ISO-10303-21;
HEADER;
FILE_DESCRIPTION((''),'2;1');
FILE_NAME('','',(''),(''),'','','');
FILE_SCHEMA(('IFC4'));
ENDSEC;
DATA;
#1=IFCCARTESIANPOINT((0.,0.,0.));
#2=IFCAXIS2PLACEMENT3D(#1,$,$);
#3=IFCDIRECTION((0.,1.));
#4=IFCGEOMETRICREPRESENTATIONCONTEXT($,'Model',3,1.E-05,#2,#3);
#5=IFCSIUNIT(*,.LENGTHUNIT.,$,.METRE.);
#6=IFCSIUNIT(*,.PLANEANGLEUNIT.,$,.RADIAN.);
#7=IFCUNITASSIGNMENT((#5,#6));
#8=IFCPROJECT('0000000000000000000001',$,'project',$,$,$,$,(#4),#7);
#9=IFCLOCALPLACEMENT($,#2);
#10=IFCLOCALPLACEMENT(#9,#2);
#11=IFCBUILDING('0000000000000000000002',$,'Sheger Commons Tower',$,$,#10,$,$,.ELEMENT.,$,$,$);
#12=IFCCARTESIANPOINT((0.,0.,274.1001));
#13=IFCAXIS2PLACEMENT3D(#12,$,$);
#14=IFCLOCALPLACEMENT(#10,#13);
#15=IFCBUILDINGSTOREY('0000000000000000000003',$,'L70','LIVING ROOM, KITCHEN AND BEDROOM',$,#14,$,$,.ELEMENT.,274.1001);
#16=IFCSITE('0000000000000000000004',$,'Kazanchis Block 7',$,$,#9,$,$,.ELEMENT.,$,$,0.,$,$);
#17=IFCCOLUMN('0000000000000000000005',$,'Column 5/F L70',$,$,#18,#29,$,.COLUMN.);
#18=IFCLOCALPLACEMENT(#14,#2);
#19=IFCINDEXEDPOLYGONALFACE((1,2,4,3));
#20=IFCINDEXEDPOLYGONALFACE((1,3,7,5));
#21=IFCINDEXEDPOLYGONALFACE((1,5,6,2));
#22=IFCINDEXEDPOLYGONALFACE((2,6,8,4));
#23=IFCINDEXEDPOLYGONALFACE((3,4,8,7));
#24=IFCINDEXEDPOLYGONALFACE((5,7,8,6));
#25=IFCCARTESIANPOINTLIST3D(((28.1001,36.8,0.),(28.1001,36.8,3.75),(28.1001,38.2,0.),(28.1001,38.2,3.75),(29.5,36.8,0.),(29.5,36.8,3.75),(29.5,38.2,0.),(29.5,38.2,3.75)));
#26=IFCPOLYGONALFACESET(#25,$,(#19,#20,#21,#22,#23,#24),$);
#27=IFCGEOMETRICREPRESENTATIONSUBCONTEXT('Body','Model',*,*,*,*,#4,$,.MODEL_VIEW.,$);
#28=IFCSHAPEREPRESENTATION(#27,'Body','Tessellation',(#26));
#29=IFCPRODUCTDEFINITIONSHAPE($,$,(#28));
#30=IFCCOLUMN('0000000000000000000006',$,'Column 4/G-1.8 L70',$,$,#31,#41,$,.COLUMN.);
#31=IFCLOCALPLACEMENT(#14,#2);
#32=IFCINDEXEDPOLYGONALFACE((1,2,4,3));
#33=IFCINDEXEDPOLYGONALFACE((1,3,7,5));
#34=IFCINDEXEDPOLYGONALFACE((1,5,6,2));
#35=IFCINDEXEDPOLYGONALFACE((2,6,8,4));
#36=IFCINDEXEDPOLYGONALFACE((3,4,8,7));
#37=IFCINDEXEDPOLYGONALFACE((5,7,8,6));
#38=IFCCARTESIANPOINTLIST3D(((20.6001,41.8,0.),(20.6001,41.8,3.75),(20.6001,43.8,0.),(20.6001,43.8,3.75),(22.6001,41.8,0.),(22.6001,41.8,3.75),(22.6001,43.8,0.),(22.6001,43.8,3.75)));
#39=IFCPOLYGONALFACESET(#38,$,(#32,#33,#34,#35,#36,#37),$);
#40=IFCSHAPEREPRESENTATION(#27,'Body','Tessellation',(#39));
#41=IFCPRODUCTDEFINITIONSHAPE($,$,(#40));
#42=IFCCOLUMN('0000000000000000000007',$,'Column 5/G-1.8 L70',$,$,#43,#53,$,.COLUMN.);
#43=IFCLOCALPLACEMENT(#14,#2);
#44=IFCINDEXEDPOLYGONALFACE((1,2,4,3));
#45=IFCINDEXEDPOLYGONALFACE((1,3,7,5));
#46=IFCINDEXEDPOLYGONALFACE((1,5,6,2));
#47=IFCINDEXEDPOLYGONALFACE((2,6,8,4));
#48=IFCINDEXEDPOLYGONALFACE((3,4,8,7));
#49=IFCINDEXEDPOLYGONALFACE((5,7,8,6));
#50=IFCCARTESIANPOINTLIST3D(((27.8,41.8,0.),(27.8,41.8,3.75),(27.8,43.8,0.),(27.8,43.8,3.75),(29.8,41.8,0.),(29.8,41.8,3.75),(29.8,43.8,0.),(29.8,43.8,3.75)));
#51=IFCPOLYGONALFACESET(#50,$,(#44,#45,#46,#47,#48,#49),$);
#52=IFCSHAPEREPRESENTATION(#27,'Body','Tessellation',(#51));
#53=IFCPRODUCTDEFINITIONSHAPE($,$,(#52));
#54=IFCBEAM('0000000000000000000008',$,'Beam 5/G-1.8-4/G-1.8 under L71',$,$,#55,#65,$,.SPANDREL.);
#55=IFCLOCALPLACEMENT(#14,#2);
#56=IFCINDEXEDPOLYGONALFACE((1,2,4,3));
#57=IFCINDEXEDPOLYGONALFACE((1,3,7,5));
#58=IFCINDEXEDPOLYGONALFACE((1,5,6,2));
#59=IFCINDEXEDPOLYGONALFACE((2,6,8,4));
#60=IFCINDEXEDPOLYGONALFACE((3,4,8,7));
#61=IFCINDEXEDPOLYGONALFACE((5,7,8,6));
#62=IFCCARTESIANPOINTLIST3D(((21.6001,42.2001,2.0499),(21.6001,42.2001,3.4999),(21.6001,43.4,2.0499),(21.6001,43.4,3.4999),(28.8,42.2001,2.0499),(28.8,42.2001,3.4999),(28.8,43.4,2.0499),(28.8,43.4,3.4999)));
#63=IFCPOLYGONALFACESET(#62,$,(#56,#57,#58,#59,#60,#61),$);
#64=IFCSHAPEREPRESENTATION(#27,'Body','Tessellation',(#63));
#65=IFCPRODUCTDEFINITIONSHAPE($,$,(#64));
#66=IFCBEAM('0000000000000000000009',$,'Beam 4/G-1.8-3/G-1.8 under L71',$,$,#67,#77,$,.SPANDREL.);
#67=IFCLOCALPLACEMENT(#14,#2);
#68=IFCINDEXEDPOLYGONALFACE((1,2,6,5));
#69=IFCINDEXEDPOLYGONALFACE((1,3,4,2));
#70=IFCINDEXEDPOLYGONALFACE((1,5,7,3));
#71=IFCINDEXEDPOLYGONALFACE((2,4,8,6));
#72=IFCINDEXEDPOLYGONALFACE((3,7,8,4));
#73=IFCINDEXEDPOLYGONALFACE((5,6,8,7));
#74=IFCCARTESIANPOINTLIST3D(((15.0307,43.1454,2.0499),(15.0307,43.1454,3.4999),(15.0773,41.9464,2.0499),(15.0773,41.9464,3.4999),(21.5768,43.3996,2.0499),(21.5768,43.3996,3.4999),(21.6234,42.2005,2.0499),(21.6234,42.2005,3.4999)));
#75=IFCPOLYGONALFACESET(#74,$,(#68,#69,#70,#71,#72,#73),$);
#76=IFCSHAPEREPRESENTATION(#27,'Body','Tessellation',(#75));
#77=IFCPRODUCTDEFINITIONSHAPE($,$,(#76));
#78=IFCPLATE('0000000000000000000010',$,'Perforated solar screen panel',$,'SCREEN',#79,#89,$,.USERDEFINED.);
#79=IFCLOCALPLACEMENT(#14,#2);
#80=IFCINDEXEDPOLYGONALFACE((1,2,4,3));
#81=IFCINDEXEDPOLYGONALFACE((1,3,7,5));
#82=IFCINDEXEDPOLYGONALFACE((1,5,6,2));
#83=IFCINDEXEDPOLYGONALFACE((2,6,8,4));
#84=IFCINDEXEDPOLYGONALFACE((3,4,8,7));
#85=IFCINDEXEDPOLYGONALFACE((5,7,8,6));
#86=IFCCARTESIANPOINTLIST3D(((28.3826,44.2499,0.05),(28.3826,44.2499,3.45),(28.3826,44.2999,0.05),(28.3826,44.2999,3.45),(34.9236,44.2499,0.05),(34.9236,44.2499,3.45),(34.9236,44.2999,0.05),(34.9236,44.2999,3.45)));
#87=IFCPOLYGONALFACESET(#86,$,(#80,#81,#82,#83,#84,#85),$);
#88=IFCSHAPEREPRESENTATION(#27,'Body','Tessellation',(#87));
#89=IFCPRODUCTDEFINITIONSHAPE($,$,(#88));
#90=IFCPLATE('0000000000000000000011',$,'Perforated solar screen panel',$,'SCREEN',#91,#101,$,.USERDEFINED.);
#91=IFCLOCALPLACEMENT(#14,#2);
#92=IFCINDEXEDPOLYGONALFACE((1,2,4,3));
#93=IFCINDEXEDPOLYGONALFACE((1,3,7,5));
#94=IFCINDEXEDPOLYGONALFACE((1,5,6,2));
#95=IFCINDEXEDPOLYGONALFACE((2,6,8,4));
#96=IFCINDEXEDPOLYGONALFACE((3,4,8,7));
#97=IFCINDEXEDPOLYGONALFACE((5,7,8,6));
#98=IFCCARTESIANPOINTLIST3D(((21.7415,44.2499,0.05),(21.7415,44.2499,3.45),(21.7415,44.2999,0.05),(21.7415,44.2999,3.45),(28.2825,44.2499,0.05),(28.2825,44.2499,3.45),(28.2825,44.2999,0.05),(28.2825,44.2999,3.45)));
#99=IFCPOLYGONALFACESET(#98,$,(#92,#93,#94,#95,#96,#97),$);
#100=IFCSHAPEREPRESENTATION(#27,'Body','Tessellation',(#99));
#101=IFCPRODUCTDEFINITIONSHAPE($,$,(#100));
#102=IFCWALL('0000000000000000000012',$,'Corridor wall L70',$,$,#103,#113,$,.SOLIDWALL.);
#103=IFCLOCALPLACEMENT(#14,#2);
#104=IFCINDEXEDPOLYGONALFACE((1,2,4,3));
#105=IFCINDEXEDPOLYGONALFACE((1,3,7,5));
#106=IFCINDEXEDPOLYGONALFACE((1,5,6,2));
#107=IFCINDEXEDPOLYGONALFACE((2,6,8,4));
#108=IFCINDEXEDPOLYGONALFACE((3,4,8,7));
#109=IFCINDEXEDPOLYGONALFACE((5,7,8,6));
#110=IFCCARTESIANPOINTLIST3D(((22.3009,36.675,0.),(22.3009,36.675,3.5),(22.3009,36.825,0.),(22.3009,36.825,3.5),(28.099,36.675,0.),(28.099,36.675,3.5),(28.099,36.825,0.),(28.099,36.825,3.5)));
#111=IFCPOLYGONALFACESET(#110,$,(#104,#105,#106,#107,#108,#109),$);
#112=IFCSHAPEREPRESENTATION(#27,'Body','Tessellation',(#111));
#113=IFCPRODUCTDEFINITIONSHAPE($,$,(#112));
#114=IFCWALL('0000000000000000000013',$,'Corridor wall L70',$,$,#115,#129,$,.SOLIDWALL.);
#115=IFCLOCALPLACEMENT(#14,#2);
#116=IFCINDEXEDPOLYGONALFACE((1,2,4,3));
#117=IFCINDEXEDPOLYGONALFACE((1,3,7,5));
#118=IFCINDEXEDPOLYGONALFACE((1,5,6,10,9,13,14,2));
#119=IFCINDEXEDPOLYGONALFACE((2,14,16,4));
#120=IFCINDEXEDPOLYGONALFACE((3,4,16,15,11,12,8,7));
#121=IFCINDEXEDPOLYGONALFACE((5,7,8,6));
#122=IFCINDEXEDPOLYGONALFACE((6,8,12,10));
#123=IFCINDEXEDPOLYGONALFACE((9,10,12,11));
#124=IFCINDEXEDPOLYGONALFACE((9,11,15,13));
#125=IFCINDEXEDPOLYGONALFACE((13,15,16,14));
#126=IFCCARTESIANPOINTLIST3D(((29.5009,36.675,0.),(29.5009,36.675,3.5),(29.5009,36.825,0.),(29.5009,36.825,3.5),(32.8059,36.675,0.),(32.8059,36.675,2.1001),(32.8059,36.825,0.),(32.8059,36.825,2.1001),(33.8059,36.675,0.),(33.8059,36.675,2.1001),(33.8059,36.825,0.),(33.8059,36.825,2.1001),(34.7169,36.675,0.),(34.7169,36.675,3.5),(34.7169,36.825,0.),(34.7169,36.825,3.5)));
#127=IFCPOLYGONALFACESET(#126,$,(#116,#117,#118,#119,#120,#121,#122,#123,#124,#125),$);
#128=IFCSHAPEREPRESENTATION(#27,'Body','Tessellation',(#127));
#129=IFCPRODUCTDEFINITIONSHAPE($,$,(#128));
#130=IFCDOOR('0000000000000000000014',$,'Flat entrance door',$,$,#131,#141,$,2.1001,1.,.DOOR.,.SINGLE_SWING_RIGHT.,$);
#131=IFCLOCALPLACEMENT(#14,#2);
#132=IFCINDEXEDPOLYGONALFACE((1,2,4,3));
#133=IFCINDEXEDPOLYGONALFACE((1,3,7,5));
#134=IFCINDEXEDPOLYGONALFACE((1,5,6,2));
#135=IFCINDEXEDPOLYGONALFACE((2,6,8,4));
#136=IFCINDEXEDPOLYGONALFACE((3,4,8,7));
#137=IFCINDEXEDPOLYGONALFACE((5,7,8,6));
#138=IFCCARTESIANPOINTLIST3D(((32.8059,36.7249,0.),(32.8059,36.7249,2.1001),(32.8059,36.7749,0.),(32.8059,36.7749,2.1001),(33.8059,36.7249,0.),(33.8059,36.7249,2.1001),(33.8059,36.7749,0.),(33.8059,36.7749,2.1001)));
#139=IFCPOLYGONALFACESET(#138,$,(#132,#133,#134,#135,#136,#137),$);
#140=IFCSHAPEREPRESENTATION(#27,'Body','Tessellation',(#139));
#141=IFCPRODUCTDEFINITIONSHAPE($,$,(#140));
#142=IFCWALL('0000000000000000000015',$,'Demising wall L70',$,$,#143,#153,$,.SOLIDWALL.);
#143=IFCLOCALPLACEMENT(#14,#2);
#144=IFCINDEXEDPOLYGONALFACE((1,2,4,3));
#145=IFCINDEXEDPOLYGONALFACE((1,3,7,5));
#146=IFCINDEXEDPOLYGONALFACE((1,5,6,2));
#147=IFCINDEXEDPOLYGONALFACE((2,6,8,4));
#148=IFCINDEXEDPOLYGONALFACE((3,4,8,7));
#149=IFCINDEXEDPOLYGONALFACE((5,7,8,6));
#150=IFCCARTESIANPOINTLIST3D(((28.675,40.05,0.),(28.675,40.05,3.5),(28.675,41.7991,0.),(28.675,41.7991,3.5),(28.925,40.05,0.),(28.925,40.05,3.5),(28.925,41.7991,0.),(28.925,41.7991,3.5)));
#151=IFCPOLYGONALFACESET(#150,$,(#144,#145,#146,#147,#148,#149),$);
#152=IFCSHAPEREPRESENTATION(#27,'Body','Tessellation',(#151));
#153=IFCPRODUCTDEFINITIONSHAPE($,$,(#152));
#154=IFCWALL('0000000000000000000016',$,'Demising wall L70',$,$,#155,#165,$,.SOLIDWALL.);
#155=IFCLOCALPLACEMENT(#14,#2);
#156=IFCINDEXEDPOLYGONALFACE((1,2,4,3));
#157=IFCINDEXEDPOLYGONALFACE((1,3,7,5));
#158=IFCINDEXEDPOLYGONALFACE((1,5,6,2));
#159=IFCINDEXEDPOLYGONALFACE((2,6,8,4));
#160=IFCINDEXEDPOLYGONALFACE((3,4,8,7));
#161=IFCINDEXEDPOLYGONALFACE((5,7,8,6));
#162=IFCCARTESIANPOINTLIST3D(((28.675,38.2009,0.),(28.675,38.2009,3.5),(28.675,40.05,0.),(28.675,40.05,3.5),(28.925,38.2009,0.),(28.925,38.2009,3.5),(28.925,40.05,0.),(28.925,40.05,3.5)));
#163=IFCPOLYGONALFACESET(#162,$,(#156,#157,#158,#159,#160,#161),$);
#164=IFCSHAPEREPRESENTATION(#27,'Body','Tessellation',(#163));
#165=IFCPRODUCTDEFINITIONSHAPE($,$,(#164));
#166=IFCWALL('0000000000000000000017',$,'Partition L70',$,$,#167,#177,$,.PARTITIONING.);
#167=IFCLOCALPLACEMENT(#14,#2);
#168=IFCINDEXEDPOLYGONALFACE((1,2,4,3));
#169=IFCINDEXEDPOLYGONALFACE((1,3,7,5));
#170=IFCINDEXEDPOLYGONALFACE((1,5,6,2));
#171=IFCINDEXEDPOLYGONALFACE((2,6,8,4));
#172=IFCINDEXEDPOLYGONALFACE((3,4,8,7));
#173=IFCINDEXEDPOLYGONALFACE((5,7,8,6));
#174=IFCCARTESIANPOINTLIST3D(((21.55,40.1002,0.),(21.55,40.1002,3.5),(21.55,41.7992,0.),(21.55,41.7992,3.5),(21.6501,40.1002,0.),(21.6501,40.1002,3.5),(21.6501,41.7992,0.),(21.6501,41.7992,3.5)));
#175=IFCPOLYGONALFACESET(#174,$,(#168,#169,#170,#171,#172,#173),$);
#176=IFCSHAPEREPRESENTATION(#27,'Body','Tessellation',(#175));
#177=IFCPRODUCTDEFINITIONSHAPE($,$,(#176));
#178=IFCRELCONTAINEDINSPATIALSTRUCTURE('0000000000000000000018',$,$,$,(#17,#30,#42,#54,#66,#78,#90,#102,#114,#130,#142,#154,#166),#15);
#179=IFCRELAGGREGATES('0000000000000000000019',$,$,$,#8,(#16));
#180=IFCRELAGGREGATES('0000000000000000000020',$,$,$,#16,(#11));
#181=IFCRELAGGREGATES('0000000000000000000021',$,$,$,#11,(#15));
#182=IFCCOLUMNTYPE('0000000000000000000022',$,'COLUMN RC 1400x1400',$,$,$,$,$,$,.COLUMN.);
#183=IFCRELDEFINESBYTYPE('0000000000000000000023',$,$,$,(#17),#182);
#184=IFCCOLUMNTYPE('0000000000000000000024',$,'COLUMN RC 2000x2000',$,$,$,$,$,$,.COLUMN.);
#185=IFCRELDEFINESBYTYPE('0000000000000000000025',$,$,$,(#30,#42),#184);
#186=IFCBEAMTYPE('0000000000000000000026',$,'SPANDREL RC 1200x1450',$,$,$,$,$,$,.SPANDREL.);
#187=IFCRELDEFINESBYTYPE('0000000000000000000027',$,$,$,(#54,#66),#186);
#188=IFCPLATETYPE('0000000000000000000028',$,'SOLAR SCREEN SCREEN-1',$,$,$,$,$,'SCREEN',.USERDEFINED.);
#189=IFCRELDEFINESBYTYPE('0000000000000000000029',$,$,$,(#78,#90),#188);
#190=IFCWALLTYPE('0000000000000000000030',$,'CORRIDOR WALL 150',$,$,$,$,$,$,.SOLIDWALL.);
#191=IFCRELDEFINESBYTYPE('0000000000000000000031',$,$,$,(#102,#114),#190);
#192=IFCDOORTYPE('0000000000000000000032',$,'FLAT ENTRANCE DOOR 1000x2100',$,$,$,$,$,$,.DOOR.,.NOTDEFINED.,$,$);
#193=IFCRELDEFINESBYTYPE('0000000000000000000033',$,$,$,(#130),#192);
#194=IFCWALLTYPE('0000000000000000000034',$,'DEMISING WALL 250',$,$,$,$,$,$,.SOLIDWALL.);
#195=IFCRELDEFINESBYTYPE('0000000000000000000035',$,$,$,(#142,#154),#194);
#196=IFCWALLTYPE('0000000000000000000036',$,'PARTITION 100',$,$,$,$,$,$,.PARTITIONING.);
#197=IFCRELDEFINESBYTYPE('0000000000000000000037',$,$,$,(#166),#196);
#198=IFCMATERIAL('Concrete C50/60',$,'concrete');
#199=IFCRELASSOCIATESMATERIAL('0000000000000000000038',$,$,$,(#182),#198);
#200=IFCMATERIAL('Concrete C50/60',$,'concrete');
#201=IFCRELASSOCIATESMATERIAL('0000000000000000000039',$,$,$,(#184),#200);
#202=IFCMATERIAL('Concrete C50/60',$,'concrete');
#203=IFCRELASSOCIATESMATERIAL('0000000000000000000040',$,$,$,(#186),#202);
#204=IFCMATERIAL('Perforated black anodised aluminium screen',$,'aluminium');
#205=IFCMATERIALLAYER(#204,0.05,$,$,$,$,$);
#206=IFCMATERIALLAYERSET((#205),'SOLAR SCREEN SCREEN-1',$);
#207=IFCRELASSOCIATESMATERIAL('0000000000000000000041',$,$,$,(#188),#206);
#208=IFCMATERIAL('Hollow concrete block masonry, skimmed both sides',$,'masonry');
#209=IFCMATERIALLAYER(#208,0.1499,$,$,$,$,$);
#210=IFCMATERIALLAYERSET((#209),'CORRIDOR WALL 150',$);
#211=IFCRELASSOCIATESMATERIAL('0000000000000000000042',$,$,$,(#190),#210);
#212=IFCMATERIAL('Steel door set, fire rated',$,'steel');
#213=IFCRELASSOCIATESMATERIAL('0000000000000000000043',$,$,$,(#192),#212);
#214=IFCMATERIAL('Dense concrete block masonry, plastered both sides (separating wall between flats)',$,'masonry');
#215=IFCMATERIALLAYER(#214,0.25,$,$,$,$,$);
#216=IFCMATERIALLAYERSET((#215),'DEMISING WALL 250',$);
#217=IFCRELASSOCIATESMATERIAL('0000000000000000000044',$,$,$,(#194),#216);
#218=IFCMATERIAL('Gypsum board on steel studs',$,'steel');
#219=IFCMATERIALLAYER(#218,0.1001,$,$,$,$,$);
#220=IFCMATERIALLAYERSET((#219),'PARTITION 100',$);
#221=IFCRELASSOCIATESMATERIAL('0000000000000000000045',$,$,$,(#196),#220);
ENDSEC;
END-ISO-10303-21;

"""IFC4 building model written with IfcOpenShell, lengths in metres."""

from ifc_helpers import new_model, si_unit, direction, frame, frame_2d, origin, origin_2d, place, context, subcontext, project, spatial, rectangle, extrude, material, layer, layer_set, material_profile, profile_set, type_object, element, fill, save


model = new_model("IFC4")

# Units and contexts
model_context = context("Model", 3, precision=1e-05, world=origin(), true_north=direction((0.0, 1.0)))
body_context = subcontext(model_context, "Body", "Model", "MODEL_VIEW")
ifc_project = project(units=[si_unit("LENGTHUNIT", "METRE"), si_unit("PLANEANGLEUNIT", "RADIAN")], contexts=[model_context])

# Site, building, storey
site_placement = place(None, origin())
site = spatial("IfcSite", under=ifc_project, at=site_placement, Name="Kazanchis Block 7", CompositionType="ELEMENT", RefElevation=0.0)
building_placement = place(site_placement, origin())
building = spatial("IfcBuilding", under=site, at=building_placement, Name="Sheger Commons Tower", CompositionType="ELEMENT")
storey_placement = place(building_placement, frame((0.0, 0.0, 274.1001)))
storey = spatial("IfcBuildingStorey", under=building, at=storey_placement, Name="L70", Description="LIVING ROOM, KITCHEN AND BEDROOM", CompositionType="ELEMENT", Elevation=274.1001)

# Columns
ifc_material_1 = material(Name="Concrete C50/60", Category="concrete")
ifc_material_profile_1 = material_profile(ifc_material_1, rectangle(XDim=1.3999, YDim=1.3999, at=origin_2d()), Name="RC 1400x1400")
ifc_profile_set_1 = profile_set([ifc_material_profile_1], Name="Concrete C50/60")
column_type_1 = type_object("IfcColumnType", Name="COLUMN RC 1400x1400", PredefinedType="COLUMN", material=ifc_profile_set_1)
column_placement = place(storey_placement, frame((28.8, 37.5, 0.0), z_axis=(0.0, 0.0, 1.0), x_axis=(1.0, 0.0, 0.0)))
element("IfcColumn", 1, at=column_placement, inside=storey, type_object=column_type_1, Name="Column 5/F L70", PredefinedType="COLUMN", context=body_context, shape_type="SweptSolid", body=[
    extrude(rectangle(XDim=1.3999, YDim=1.3999, at=origin_2d()), origin(), (0.0, 0.0, 1.0), 3.75),
])
ifc_material_2 = material(Name="Concrete C50/60", Category="concrete")
ifc_material_profile_2 = material_profile(ifc_material_2, rectangle(XDim=2.0, YDim=2.0, at=origin_2d()), Name="RC 2000x2000")
ifc_profile_set_2 = profile_set([ifc_material_profile_2], Name="Concrete C50/60")
column_type_2 = type_object("IfcColumnType", Name="COLUMN RC 2000x2000", PredefinedType="COLUMN", material=ifc_profile_set_2)
for number, where, z_axis, x_axis, name in (
    (2, (21.6001, 42.8, 0.0), (0.0, 0.0, 1.0), (1.0, 0.0, 0.0), "Column 4/G-1.8 L70"),
    (3, (28.8, 42.8, 0.0), (0.0, 0.0, 1.0), (1.0, 0.0, 0.0), "Column 5/G-1.8 L70"),
):
    element("IfcColumn", number, at=place(storey_placement, frame(where, z_axis=z_axis, x_axis=x_axis)), inside=storey, type_object=column_type_2, Name=name, PredefinedType="COLUMN", context=body_context, shape_type="SweptSolid", body=[
        extrude(rectangle(XDim=2.0, YDim=2.0, at=origin_2d()), origin(), (0.0, 0.0, 1.0), 3.75),
    ])

# Beams
ifc_material_3 = material(Name="Concrete C50/60", Category="concrete")
ifc_material_profile_3 = material_profile(ifc_material_3, rectangle(XDim=1.2, YDim=1.45, at=origin_2d()), Name="RC 1200x1450")
ifc_profile_set_3 = profile_set([ifc_material_profile_3], Name="Concrete C50/60")
beam_type = type_object("IfcBeamType", Name="SPANDREL RC 1200x1450", PredefinedType="SPANDREL", material=ifc_profile_set_3)
beam_1_placement = place(storey_placement, frame((28.8, 42.8, 2.7749), z_axis=(-1.0, 0.0, 0.0), x_axis=(0.0, -1.0, 0.0)))
element("IfcBeam", 4, at=beam_1_placement, inside=storey, type_object=beam_type, Name="Beam 5/G-1.8-4/G-1.8 under L71", PredefinedType="SPANDREL", context=body_context, shape_type="SweptSolid", body=[
    extrude(rectangle(XDim=1.2, YDim=1.45, at=origin_2d()), origin(), (0.0, 0.0, 1.0), 7.2),
])
beam_2_placement = place(storey_placement, frame((21.6001, 42.8, 2.7749), z_axis=(-0.999247, -0.038795, 0.0), x_axis=(0.038795, -0.999247, 0.0)))
element("IfcBeam", 5, at=beam_2_placement, inside=storey, type_object=beam_type, Name="Beam 4/G-1.8-3/G-1.8 under L71", PredefinedType="SPANDREL", context=body_context, shape_type="SweptSolid", body=[
    extrude(rectangle(XDim=1.2, YDim=1.45, at=origin_2d()), origin(), (0.0, 0.0, 1.0), 6.551),
])

# Plates
ifc_material_4 = material(Name="Perforated black anodised aluminium screen", Category="aluminium")
ifc_layer_1 = layer(ifc_material_4, 0.05)
ifc_layer_set_1 = layer_set([ifc_layer_1], Name="SOLAR SCREEN SCREEN-1")
plate_type = type_object("IfcPlateType", Name="SOLAR SCREEN SCREEN-1", ElementType="SCREEN", PredefinedType="USERDEFINED", material=ifc_layer_set_1)
for number, where, z_axis, x_axis, name in (
    (6, (31.6531, 44.2749, 0.05), (0.0, 0.0, 1.0), (-1.0, 0.0, 0.0), "Perforated solar screen panel"),
    (7, (25.012, 44.2749, 0.05), (0.0, 0.0, 1.0), (-1.0, 0.0, 0.0), "Perforated solar screen panel"),
):
    element("IfcPlate", number, at=place(storey_placement, frame(where, z_axis=z_axis, x_axis=x_axis)), inside=storey, type_object=plate_type, Name=name, ObjectType="SCREEN", PredefinedType="USERDEFINED", context=body_context, shape_type="SweptSolid", body=[
        extrude(rectangle(XDim=6.541, YDim=0.05, at=origin_2d()), origin(), (0.0, 0.0, 1.0), 3.3999),
    ])

# Wall
ifc_material_5 = material(Name="Hollow concrete block masonry, skimmed both sides", Category="masonry")
ifc_layer_2 = layer(ifc_material_5, 0.1499)
ifc_layer_set_2 = layer_set([ifc_layer_2], Name="CORRIDOR WALL 150")
wall_type_1 = type_object("IfcWallType", Name="CORRIDOR WALL 150", PredefinedType="SOLIDWALL", material=ifc_layer_set_2)
wall_1_placement = place(storey_placement, frame((22.301, 36.75, 0.0), z_axis=(0.0, 0.0, 1.0), x_axis=(1.0, 0.0, 0.0)))
element("IfcWall", 8, at=wall_1_placement, inside=storey, type_object=wall_type_1, Name="Corridor wall L70", PredefinedType="SOLIDWALL", context=body_context, shape_type="SweptSolid", body=[
    extrude(rectangle(XDim=5.7981, YDim=0.1499, at=frame_2d((2.8989, 0.0))), origin(), (0.0, 0.0, 1.0), 3.5),
])

# Wall, opening, door
wall_2_placement = place(storey_placement, frame((29.501, 36.75, 0.0), z_axis=(0.0, 0.0, 1.0), x_axis=(1.0, 0.0, 0.0)))
wall_2 = element("IfcWall", 9, at=wall_2_placement, inside=storey, type_object=wall_type_1, Name="Corridor wall L70", PredefinedType="SOLIDWALL", context=body_context, shape_type="SweptSolid", body=[
    extrude(rectangle(XDim=5.2161, YDim=0.1499, at=frame_2d((2.6079, 0.0))), origin(), (0.0, 0.0, 1.0), 3.5),
])
opening_1_placement = place(wall_2_placement, frame((3.3049, 0.0, 0.0)))
opening_1 = element("IfcOpeningElement", 10, at=opening_1_placement, cuts=wall_2, PredefinedType="OPENING", context=body_context, shape_type="SweptSolid", body=[
    extrude(rectangle(XDim=1.0, YDim=2.1001, at=frame_2d((0.5, 1.05))), frame((0.0, 0.085, 0.0), z_axis=(0.0, -1.0, 0.0), x_axis=(1.0, 0.0, 0.0)), (0.0, 0.0, 1.0), 0.1699),
])
ifc_material_6 = material(Name="Steel door set, fire rated", Category="steel")
door_type_1 = type_object("IfcDoorType", Name="FLAT ENTRANCE DOOR 1000x2100", OperationType="NOTDEFINED", PredefinedType="DOOR", material=ifc_material_6)
door_1_placement = place(opening_1_placement, origin())
door_1 = element("IfcDoor", 11, at=door_1_placement, inside=storey, type_object=door_type_1, Name="Flat entrance door", OperationType="SINGLE_SWING_RIGHT", OverallHeight=2.1001, OverallWidth=1.0, PredefinedType="DOOR", context=body_context, shape_type="SweptSolid", body=[
    extrude(rectangle(XDim=1.0, YDim=2.1001, at=frame_2d((0.5, 1.05))), frame((0.0, 0.0249, 0.0), z_axis=(0.0, -1.0, 0.0), x_axis=(1.0, 0.0, 0.0)), (0.0, 0.0, 1.0), 0.05),
])
fill(opening_1, door_1)

# Walls
ifc_material_7 = material(Name="Dense concrete block masonry, plastered both sides (separating wall between flats)", Category="masonry")
ifc_layer_3 = layer(ifc_material_7, 0.25)
ifc_layer_set_3 = layer_set([ifc_layer_3], Name="DEMISING WALL 250")
wall_type_2 = type_object("IfcWallType", Name="DEMISING WALL 250", PredefinedType="SOLIDWALL", material=ifc_layer_set_3)
wall_3_placement = place(storey_placement, frame((28.8, 40.05, 0.0), z_axis=(0.0, 0.0, 1.0), x_axis=(0.0, 1.0, 0.0)))
element("IfcWall", 12, at=wall_3_placement, inside=storey, type_object=wall_type_2, Name="Demising wall L70", PredefinedType="SOLIDWALL", context=body_context, shape_type="SweptSolid", body=[
    extrude(rectangle(XDim=1.749, YDim=0.25, at=frame_2d((0.8745, 0.0))), origin(), (0.0, 0.0, 1.0), 3.5),
])
wall_4_placement = place(storey_placement, frame((28.8, 38.2009, 0.0), z_axis=(0.0, 0.0, 1.0), x_axis=(0.0, 1.0, 0.0)))
element("IfcWall", 13, at=wall_4_placement, inside=storey, type_object=wall_type_2, Name="Demising wall L70", PredefinedType="SOLIDWALL", context=body_context, shape_type="SweptSolid", body=[
    extrude(rectangle(XDim=1.8491, YDim=0.25, at=frame_2d((0.9246, 0.0))), origin(), (0.0, 0.0, 1.0), 3.5),
])
ifc_material_8 = material(Name="Gypsum board on steel studs", Category="steel")
ifc_layer_4 = layer(ifc_material_8, 0.1001)
ifc_layer_set_4 = layer_set([ifc_layer_4], Name="PARTITION 100")
wall_type_3 = type_object("IfcWallType", Name="PARTITION 100", PredefinedType="PARTITIONING", material=ifc_layer_set_4)
wall_5_placement = place(storey_placement, frame((21.6001, 40.1001, 0.0), z_axis=(0.0, 0.0, 1.0), x_axis=(0.0, 1.0, 0.0)))
element("IfcWall", 14, at=wall_5_placement, inside=storey, type_object=wall_type_3, Name="Partition L70", PredefinedType="PARTITIONING", context=body_context, shape_type="SweptSolid", body=[
    extrude(rectangle(XDim=1.699, YDim=0.1001, at=frame_2d((0.8496, 0.0))), origin(), (0.0, 0.0, 1.0), 3.5),
])

save(model, "model.ifc")
